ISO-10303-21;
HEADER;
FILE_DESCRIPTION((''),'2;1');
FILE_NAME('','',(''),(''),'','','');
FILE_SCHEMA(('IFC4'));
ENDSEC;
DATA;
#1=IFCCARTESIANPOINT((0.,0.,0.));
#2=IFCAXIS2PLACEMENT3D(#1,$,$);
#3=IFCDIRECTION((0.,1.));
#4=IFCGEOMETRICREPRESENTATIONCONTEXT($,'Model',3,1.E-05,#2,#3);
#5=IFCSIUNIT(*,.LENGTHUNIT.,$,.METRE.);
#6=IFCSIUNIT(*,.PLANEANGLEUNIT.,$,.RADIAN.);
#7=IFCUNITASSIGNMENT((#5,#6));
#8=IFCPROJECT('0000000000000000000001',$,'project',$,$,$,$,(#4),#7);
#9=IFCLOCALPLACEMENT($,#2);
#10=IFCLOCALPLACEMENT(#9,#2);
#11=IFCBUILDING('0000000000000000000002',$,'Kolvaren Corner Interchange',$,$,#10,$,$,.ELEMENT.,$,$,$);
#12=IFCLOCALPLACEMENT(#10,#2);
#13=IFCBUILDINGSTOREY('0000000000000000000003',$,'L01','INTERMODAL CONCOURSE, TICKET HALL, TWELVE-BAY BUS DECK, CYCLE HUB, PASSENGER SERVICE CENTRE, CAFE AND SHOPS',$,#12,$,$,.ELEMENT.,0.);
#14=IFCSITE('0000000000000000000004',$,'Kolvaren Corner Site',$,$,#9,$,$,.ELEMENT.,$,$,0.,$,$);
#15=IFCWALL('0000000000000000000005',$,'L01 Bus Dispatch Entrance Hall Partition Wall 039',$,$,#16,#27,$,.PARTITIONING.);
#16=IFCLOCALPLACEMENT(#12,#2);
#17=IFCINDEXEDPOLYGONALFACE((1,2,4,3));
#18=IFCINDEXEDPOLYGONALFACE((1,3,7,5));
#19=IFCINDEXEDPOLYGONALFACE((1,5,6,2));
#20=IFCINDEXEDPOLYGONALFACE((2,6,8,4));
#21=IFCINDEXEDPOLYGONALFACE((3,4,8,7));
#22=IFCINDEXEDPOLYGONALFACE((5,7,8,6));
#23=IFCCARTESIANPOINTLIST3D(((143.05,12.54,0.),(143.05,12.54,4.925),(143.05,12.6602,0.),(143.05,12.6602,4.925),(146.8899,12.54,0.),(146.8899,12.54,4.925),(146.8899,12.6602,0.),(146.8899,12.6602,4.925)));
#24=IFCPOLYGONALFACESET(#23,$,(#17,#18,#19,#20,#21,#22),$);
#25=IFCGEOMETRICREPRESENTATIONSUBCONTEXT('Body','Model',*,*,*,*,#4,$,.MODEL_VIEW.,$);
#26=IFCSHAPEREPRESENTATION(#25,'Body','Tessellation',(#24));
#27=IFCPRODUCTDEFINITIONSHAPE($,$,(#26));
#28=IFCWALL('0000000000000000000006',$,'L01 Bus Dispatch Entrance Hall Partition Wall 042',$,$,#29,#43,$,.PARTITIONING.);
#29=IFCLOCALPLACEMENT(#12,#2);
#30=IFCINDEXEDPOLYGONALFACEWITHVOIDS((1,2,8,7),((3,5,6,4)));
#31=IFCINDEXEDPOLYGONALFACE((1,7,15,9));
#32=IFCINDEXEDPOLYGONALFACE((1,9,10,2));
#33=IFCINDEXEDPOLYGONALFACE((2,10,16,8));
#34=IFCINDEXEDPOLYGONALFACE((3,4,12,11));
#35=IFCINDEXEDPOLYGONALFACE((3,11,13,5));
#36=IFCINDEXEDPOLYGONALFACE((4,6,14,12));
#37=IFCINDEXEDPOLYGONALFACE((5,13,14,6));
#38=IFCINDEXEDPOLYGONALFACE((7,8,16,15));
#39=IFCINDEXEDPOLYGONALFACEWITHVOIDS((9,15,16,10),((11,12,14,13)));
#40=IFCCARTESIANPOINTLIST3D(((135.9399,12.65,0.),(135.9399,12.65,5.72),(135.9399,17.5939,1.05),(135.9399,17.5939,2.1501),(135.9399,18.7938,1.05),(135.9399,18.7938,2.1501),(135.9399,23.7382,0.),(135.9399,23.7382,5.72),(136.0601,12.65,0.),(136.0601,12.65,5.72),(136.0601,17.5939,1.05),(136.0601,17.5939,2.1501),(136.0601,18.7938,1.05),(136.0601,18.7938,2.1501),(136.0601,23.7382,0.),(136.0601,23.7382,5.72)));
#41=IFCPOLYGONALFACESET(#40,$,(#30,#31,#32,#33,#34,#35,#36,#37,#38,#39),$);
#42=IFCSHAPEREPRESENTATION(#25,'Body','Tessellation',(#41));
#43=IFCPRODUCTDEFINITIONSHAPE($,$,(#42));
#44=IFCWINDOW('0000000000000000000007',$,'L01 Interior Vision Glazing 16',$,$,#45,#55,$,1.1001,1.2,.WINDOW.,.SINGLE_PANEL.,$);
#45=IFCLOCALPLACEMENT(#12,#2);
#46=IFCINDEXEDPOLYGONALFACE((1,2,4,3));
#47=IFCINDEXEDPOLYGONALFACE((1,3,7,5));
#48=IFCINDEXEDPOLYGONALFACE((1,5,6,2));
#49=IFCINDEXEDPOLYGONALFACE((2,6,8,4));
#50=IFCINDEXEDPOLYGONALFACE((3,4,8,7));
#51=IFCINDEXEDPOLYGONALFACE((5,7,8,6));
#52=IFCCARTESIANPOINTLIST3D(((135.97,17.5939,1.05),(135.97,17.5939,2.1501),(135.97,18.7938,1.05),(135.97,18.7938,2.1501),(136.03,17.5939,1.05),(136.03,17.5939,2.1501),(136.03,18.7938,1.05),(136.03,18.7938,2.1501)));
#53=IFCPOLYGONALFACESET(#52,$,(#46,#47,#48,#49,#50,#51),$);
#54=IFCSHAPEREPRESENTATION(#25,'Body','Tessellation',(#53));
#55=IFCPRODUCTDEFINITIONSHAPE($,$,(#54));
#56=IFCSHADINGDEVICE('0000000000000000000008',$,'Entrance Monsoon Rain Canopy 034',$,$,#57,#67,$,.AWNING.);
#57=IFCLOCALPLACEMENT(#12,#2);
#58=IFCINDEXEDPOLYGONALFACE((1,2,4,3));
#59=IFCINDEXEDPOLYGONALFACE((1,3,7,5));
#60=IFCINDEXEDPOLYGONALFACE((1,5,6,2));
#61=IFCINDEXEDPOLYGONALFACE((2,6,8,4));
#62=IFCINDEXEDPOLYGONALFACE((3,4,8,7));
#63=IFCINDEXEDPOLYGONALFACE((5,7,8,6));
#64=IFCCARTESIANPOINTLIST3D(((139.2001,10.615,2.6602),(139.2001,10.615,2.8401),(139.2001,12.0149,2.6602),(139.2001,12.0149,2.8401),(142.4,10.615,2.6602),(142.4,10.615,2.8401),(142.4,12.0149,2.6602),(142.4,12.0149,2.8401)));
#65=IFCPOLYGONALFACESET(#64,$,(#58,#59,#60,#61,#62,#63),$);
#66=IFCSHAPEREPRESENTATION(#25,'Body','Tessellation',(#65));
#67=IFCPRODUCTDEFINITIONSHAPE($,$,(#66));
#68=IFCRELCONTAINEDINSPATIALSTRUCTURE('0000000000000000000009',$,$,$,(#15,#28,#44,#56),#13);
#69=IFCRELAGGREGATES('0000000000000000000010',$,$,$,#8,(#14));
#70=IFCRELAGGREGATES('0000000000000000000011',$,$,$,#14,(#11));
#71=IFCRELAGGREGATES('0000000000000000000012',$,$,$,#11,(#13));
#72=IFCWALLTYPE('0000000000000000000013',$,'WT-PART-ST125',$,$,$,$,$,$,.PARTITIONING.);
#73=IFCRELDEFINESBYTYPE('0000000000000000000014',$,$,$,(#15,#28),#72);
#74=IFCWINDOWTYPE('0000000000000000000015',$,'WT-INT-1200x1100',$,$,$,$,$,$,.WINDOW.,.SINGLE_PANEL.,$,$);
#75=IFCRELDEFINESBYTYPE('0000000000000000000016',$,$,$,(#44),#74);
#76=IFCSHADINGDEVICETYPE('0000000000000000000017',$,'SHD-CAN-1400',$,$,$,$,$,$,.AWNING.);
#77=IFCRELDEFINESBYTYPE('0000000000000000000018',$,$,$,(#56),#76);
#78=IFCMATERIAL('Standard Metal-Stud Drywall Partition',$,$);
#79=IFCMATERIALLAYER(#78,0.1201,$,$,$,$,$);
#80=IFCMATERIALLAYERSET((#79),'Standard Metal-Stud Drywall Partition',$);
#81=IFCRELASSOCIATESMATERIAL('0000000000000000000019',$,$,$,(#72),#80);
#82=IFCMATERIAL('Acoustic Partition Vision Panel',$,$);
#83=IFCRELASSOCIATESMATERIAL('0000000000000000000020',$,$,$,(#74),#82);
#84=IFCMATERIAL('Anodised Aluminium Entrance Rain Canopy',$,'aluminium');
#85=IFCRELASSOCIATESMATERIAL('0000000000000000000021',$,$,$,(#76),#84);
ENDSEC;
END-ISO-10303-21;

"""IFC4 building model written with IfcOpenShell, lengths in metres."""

from ifc_helpers import new_model, si_unit, direction, frame, frame_2d, origin, origin_2d, place, context, subcontext, project, spatial, rectangle, extrude, material, layer, layer_set, type_object, element, fill, save


model = new_model("IFC4")

# Units and contexts
model_context = context("Model", 3, precision=1e-05, world=origin(), true_north=direction((0.0, 1.0)))
body_context = subcontext(model_context, "Body", "Model", "MODEL_VIEW")
ifc_project = project(units=[si_unit("LENGTHUNIT", "METRE"), si_unit("PLANEANGLEUNIT", "RADIAN")], contexts=[model_context])

# Site, building, storey
site_placement = place(None, origin())
site = spatial("IfcSite", under=ifc_project, at=site_placement, Name="Kolvaren Corner Site", CompositionType="ELEMENT", RefElevation=0.0)
building_placement = place(site_placement, origin())
building = spatial("IfcBuilding", under=site, at=building_placement, Name="Kolvaren Corner Interchange", CompositionType="ELEMENT")
storey_placement = place(building_placement, origin())
storey = spatial("IfcBuildingStorey", under=building, at=storey_placement, Name="L01", Description="INTERMODAL CONCOURSE, TICKET HALL, TWELVE-BAY BUS DECK, CYCLE HUB, PASSENGER SERVICE CENTRE, CAFE AND SHOPS", CompositionType="ELEMENT", Elevation=0.0)

# Wall
ifc_material_1 = material(Name="Standard Metal-Stud Drywall Partition")
ifc_layer_1 = layer(ifc_material_1, 0.1201)
ifc_layer_set_1 = layer_set([ifc_layer_1], Name="Standard Metal-Stud Drywall Partition")
wall_type_1 = type_object("IfcWallType", Name="WT-PART-ST125", PredefinedType="PARTITIONING", material=ifc_layer_set_1)
wall_1_placement = place(storey_placement, frame((143.05, 12.6001, 0.0), z_axis=(0.0, 0.0, 1.0), x_axis=(1.0, 0.0, 0.0)))
element("IfcWall", 1, at=wall_1_placement, inside=storey, type_object=wall_type_1, Name="L01 Bus Dispatch Entrance Hall Partition Wall 039", PredefinedType="PARTITIONING", context=body_context, shape_type="SweptSolid", body=[
    extrude(rectangle(XDim=3.8398, YDim=0.1201, at=frame_2d((1.9199, 0.0))), origin(), (0.0, 0.0, 1.0), 4.925),
])

# Wall, opening, window
wall_2_placement = place(storey_placement, frame((136.0, 23.738, 0.0), z_axis=(0.0, 0.0, 1.0), x_axis=(0.0, -1.0, 0.0)))
wall_2 = element("IfcWall", 2, at=wall_2_placement, inside=storey, type_object=wall_type_1, Name="L01 Bus Dispatch Entrance Hall Partition Wall 042", PredefinedType="PARTITIONING", context=body_context, shape_type="SweptSolid", body=[
    extrude(rectangle(XDim=11.0881, YDim=0.1201, at=frame_2d((5.5439, 0.0))), origin(), (0.0, 0.0, 1.0), 5.72),
])
opening_1_placement = place(wall_2_placement, frame((4.9441, 0.0, 1.05)))
opening_1 = element("IfcOpeningElement", 3, at=opening_1_placement, cuts=wall_2, PredefinedType="OPENING", context=body_context, shape_type="SweptSolid", body=[
    extrude(rectangle(XDim=1.2, YDim=1.1001, at=frame_2d((0.6001, 0.55))), frame((0.0, 0.0701, 0.0), z_axis=(0.0, -1.0, 0.0), x_axis=(1.0, 0.0, 0.0)), (0.0, 0.0, 1.0), 0.1401),
])
ifc_material_2 = material(Name="Acoustic Partition Vision Panel")
window_type_1 = type_object("IfcWindowType", Name="WT-INT-1200x1100", PartitioningType="SINGLE_PANEL", PredefinedType="WINDOW", material=ifc_material_2)
window_1_placement = place(opening_1_placement, origin())
window_1 = element("IfcWindow", 4, at=window_1_placement, inside=storey, type_object=window_type_1, Name="L01 Interior Vision Glazing 16", OverallHeight=1.1001, OverallWidth=1.2, PartitioningType="SINGLE_PANEL", PredefinedType="WINDOW", context=body_context, shape_type="SweptSolid", body=[
    extrude(rectangle(XDim=1.2, YDim=1.1001, at=frame_2d((0.6001, 0.55))), frame((0.0, 0.03, 0.0), z_axis=(0.0, -1.0, 0.0), x_axis=(1.0, 0.0, 0.0)), (0.0, 0.0, 1.0), 0.0601),
])
fill(opening_1, window_1)

# Shading device
ifc_material_3 = material(Name="Anodised Aluminium Entrance Rain Canopy", Category="aluminium")
shading_device_type = type_object("IfcShadingDeviceType", Name="SHD-CAN-1400", PredefinedType="AWNING", material=ifc_material_3)
shading_device_placement = place(storey_placement, frame((140.8, 11.3149, 2.6602), z_axis=(0.0, 0.0, 1.0), x_axis=(1.0, 0.0, 0.0)))
element("IfcShadingDevice", 5, at=shading_device_placement, inside=storey, type_object=shading_device_type, Name="Entrance Monsoon Rain Canopy 034", PredefinedType="AWNING", context=body_context, shape_type="SweptSolid", body=[
    extrude(rectangle(XDim=3.2, YDim=1.3999, at=origin_2d()), origin(), (0.0, 0.0, 1.0), 0.1799),
])

save(model, "model.ifc")
